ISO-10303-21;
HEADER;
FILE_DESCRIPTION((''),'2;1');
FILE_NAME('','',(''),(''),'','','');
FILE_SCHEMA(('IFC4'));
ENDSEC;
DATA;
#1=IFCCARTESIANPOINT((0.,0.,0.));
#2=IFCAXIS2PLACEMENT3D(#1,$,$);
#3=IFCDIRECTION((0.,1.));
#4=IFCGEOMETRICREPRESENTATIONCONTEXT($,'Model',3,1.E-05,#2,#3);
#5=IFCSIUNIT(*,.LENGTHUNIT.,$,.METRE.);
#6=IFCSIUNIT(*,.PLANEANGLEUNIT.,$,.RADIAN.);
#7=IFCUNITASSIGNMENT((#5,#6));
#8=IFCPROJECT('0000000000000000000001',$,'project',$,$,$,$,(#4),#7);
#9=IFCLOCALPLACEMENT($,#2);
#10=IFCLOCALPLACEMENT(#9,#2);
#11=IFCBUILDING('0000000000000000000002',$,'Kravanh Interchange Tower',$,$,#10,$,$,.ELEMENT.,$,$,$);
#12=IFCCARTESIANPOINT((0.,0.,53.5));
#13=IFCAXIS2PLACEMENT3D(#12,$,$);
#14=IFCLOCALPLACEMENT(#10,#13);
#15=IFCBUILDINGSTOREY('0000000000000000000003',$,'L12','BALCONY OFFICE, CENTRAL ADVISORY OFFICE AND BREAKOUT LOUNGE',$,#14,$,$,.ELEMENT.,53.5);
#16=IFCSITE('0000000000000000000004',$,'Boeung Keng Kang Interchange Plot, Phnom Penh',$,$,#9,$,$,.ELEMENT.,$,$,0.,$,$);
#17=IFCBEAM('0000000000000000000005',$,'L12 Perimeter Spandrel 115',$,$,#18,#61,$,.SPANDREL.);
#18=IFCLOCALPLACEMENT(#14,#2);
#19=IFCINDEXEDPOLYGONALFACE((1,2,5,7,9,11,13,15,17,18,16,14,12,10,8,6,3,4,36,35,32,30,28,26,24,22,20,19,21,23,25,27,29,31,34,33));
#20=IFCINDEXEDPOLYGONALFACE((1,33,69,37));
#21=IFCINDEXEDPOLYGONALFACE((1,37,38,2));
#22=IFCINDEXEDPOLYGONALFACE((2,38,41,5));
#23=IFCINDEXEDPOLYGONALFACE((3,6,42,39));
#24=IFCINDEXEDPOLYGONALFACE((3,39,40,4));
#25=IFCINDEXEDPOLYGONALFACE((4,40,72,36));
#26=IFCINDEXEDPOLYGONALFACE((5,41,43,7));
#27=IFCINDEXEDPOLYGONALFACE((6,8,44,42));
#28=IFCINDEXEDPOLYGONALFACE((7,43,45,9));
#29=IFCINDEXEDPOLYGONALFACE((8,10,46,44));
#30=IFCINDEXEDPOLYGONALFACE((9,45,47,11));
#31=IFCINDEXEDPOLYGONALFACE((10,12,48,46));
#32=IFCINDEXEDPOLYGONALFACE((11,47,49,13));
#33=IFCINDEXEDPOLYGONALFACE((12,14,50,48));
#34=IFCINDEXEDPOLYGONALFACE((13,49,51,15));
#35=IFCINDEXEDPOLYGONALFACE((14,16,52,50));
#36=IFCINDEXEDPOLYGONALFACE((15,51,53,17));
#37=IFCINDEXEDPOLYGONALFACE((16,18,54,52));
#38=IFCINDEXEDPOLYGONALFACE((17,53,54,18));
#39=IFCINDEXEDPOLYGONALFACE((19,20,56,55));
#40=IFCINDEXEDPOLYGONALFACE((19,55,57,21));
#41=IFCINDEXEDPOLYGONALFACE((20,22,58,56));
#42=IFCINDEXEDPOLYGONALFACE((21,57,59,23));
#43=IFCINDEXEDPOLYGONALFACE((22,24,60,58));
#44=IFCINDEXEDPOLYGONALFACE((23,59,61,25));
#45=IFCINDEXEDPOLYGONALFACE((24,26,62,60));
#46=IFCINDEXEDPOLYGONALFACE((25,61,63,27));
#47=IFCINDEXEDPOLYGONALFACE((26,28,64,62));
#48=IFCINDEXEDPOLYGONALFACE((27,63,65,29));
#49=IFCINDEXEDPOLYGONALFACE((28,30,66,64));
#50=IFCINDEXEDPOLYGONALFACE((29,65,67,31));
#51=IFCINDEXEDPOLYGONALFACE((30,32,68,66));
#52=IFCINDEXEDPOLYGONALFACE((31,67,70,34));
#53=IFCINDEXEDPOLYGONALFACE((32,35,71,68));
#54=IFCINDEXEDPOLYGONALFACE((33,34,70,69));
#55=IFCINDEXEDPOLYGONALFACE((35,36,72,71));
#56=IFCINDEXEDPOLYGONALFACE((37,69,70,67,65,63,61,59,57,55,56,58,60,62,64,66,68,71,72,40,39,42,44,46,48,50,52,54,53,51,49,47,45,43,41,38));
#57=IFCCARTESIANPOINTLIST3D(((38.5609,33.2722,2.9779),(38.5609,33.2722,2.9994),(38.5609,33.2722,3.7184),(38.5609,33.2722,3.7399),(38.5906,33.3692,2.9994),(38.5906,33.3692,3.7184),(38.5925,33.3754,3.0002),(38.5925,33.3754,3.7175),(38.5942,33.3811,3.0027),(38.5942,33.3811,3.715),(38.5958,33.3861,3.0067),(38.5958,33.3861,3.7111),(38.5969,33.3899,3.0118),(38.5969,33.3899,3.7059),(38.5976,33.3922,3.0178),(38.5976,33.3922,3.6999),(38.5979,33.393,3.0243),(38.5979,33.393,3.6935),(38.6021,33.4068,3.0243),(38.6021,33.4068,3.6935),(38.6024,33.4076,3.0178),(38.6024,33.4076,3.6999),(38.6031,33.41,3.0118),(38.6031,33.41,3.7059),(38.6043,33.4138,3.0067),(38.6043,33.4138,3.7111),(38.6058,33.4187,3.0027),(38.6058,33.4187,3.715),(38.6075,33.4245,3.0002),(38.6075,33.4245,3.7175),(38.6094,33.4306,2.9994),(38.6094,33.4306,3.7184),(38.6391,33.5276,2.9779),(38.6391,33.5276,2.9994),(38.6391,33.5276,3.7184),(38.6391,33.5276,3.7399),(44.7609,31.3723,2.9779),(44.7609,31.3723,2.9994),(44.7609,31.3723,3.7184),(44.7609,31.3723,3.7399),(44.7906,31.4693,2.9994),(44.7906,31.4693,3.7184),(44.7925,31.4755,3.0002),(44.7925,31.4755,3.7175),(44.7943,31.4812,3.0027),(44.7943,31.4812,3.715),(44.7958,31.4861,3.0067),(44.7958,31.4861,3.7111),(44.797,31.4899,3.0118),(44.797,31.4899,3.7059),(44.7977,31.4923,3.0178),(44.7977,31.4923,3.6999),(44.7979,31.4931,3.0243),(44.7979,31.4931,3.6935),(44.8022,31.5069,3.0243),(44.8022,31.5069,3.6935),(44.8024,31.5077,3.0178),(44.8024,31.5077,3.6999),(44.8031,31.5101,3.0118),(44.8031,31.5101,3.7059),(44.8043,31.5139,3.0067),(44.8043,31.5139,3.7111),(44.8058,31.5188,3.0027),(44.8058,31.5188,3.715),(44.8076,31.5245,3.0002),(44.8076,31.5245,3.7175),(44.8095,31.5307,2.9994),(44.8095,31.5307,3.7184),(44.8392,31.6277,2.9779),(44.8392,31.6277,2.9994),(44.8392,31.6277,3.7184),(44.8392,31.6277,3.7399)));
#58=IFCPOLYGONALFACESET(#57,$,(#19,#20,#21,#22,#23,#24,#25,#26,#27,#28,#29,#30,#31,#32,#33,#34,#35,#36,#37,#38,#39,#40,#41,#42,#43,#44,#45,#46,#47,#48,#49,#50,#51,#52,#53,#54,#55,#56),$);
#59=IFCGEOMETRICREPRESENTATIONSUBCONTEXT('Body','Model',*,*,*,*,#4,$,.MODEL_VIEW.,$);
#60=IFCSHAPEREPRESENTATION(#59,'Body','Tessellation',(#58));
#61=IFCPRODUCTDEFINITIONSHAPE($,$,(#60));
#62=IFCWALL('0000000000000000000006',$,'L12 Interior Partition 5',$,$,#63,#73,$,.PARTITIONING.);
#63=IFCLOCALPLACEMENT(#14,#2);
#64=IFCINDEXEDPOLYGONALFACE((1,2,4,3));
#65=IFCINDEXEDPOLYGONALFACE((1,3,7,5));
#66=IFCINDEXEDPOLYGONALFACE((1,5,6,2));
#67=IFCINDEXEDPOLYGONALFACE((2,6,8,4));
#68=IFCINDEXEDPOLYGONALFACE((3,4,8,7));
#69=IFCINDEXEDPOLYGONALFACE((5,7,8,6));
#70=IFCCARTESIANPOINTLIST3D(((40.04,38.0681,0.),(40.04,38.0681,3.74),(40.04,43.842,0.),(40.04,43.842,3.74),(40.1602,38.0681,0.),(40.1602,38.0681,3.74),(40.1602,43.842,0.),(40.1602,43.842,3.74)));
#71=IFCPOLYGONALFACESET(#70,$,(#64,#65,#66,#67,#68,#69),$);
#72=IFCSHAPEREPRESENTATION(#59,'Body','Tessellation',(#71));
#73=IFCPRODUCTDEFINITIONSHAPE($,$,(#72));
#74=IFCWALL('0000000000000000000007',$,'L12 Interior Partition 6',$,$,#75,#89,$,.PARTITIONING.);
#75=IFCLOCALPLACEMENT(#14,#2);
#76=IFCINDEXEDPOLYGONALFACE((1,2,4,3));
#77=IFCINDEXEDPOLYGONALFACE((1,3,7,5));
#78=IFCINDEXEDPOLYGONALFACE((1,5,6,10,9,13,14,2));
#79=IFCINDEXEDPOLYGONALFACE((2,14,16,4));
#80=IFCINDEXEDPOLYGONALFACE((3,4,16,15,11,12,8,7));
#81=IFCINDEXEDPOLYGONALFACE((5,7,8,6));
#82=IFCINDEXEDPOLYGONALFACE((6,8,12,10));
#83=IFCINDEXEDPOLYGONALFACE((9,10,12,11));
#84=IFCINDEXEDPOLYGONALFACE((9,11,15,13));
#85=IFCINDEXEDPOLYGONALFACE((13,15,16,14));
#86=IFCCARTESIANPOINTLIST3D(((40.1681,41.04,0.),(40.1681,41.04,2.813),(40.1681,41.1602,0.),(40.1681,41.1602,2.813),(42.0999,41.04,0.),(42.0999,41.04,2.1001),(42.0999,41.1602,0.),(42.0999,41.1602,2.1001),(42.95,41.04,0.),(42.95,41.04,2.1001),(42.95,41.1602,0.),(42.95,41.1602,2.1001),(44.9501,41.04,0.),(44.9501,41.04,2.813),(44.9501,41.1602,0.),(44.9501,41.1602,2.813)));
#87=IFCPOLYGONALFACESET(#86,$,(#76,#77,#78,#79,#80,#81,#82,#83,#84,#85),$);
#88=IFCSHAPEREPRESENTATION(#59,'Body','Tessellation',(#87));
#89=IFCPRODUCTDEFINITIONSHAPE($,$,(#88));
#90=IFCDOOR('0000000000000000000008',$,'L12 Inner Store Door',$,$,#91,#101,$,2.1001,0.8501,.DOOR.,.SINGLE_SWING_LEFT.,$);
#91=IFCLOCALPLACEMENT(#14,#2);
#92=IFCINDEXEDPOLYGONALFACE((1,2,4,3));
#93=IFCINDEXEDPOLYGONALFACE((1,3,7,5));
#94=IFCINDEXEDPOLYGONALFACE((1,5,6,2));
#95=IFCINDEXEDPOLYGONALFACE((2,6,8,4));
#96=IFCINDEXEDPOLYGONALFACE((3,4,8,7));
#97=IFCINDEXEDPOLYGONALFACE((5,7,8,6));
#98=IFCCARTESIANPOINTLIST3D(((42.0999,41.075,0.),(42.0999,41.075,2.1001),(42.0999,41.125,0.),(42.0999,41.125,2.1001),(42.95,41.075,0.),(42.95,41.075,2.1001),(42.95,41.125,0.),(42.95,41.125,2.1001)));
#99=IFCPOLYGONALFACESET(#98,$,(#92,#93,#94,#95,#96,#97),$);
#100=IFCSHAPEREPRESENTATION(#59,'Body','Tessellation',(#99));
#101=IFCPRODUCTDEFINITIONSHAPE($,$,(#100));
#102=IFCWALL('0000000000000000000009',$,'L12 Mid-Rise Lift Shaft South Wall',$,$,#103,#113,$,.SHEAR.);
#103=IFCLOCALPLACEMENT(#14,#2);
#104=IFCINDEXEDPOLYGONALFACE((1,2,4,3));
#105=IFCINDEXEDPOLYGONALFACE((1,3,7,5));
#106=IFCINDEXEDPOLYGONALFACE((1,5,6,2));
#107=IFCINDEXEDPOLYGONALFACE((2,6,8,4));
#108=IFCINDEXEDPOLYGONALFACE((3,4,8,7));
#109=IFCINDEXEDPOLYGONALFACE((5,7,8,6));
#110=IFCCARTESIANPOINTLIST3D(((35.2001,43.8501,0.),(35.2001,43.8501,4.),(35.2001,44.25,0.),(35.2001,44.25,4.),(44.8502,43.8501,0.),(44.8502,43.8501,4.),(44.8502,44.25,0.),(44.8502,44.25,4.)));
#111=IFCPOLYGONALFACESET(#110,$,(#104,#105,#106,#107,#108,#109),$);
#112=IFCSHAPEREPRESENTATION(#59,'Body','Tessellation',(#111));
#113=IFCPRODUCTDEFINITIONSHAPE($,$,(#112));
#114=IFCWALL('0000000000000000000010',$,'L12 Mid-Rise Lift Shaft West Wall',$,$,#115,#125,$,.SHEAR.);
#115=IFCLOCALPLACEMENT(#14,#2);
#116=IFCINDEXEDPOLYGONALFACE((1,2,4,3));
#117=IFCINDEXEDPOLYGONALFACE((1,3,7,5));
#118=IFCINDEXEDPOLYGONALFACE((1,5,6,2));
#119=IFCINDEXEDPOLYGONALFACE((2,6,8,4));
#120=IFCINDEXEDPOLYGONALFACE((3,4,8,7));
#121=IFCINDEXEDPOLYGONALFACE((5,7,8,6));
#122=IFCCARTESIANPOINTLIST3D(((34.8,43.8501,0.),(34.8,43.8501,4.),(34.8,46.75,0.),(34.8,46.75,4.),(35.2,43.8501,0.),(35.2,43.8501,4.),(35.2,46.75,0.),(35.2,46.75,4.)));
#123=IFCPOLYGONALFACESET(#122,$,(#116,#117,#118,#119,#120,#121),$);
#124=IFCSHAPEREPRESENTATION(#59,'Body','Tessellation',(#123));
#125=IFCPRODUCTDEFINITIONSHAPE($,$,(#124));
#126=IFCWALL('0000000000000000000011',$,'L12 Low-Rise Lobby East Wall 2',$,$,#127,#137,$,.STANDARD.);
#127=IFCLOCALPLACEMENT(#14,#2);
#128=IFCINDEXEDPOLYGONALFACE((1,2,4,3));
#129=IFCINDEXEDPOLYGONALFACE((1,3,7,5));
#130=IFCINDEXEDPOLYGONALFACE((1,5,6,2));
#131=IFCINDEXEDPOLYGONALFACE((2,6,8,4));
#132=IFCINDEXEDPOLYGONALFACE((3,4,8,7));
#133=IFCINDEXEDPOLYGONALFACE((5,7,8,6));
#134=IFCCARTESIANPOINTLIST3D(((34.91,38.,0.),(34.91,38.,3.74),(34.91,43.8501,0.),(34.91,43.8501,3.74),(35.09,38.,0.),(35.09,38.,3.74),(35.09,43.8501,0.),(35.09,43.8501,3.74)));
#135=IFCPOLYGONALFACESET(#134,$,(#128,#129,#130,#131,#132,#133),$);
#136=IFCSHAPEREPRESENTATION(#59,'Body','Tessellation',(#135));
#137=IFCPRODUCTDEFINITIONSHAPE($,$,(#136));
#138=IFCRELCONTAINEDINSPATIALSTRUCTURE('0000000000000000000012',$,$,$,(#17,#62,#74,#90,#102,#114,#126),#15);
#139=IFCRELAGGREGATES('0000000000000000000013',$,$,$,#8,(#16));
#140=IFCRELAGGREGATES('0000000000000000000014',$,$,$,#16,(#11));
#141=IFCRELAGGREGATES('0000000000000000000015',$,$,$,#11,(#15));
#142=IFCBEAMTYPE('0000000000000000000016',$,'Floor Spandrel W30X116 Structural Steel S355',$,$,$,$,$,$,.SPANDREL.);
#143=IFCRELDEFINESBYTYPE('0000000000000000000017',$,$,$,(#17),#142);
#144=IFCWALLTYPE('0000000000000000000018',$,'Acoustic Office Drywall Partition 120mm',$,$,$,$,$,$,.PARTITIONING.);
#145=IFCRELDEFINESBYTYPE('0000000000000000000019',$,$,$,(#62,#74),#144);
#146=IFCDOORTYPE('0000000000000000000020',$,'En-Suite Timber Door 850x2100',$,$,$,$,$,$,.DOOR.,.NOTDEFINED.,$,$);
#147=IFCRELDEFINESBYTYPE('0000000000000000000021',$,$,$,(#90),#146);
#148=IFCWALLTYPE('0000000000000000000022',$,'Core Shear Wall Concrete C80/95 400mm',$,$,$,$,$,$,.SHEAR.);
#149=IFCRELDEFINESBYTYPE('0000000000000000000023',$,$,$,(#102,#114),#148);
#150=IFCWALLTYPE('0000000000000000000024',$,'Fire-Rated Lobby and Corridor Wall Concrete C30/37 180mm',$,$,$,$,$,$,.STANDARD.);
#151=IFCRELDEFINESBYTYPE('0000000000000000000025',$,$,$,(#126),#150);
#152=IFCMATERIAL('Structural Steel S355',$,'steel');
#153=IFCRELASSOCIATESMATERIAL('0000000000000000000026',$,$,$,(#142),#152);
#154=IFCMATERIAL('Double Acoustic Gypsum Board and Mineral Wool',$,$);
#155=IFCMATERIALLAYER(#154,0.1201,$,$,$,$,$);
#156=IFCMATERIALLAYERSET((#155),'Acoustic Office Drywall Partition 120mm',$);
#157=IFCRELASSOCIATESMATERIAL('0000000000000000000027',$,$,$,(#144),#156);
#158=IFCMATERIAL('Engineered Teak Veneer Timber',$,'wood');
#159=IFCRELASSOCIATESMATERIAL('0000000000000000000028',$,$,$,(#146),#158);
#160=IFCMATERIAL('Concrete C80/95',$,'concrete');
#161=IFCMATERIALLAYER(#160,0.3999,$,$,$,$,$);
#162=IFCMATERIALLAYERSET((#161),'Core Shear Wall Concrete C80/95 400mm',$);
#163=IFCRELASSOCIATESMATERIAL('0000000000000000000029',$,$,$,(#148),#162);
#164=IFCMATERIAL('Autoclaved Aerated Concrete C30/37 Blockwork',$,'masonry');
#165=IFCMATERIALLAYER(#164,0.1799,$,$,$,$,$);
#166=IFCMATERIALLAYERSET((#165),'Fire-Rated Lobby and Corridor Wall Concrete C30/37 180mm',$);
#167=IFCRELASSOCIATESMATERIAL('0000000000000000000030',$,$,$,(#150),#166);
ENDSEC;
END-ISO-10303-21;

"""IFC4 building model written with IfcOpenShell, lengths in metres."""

from ifc_helpers import new_model, si_unit, direction, frame, frame_2d, origin, origin_2d, place, context, subcontext, project, spatial, rectangle, i_section, extrude, material, layer, layer_set, material_profile, profile_set, type_object, element, fill, save


model = new_model("IFC4")

# Units and contexts
model_context = context("Model", 3, precision=1e-05, world=origin(), true_north=direction((0.0, 1.0)))
body_context = subcontext(model_context, "Body", "Model", "MODEL_VIEW")
ifc_project = project(units=[si_unit("LENGTHUNIT", "METRE"), si_unit("PLANEANGLEUNIT", "RADIAN")], contexts=[model_context])

# Site, building, storey
site_placement = place(None, origin())
site = spatial("IfcSite", under=ifc_project, at=site_placement, Name="Boeung Keng Kang Interchange Plot, Phnom Penh", CompositionType="ELEMENT", RefElevation=0.0)
building_placement = place(site_placement, origin())
building = spatial("IfcBuilding", under=site, at=building_placement, Name="Kravanh Interchange Tower", CompositionType="ELEMENT")
storey_placement = place(building_placement, frame((0.0, 0.0, 53.5)))
storey = spatial("IfcBuildingStorey", under=building, at=storey_placement, Name="L12", Description="BALCONY OFFICE, CENTRAL ADVISORY OFFICE AND BREAKOUT LOUNGE", CompositionType="ELEMENT", Elevation=53.5)

# Beam
ifc_material_1 = material(Name="Structural Steel S355", Category="steel")
ifc_material_profile_1 = material_profile(ifc_material_1, i_section(OverallWidth=0.2671, OverallDepth=0.762, WebThickness=0.0144, FlangeThickness=0.0215, FilletRadius=0.0249, at=origin_2d()), Name="W30X116")
ifc_profile_set_1 = profile_set([ifc_material_profile_1], Name="Structural Steel S355")
beam_type_1 = type_object("IfcBeamType", Name="Floor Spandrel W30X116 Structural Steel S355", PredefinedType="SPANDREL", material=ifc_profile_set_1)
beam_1_placement = place(storey_placement, frame((44.8, 31.5, 3.3589), z_axis=(-0.956115, 0.29299, 0.0), x_axis=(-0.29299, -0.956115, 0.0)))
element("IfcBeam", 1, at=beam_1_placement, inside=storey, type_object=beam_type_1, Name="L12 Perimeter Spandrel 115", PredefinedType="SPANDREL", context=body_context, shape_type="SweptSolid", body=[
    extrude(i_section(OverallWidth=0.2671, OverallDepth=0.762, WebThickness=0.0144, FlangeThickness=0.0215, FilletRadius=0.0249, at=origin_2d()), origin(), (0.0, 0.0, 1.0), 6.4846),
])

# Wall
ifc_material_2 = material(Name="Double Acoustic Gypsum Board and Mineral Wool")
ifc_layer_1 = layer(ifc_material_2, 0.1201)
ifc_layer_set_1 = layer_set([ifc_layer_1], Name="Acoustic Office Drywall Partition 120mm")
wall_type_1 = type_object("IfcWallType", Name="Acoustic Office Drywall Partition 120mm", PredefinedType="PARTITIONING", material=ifc_layer_set_1)
wall_1_placement = place(storey_placement, frame((40.1001, 38.0681, 0.0), z_axis=(0.0, 0.0, 1.0), x_axis=(0.0, 1.0, 0.0)))
element("IfcWall", 2, at=wall_1_placement, inside=storey, type_object=wall_type_1, Name="L12 Interior Partition 5", PredefinedType="PARTITIONING", context=body_context, shape_type="SweptSolid", body=[
    extrude(rectangle(XDim=5.7739, YDim=0.1201, at=frame_2d((2.887, 0.0))), origin(), (0.0, 0.0, 1.0), 3.74),
])

# Wall, opening, door
wall_2_placement = place(storey_placement, frame((40.168, 41.1001, 0.0), z_axis=(0.0, 0.0, 1.0), x_axis=(1.0, 0.0, 0.0)))
wall_2 = element("IfcWall", 3, at=wall_2_placement, inside=storey, type_object=wall_type_1, Name="L12 Interior Partition 6", PredefinedType="PARTITIONING", context=body_context, shape_type="SweptSolid", body=[
    extrude(rectangle(XDim=4.782, YDim=0.1201, at=frame_2d((2.3911, 0.0))), origin(), (0.0, 0.0, 1.0), 2.813),
])
opening_1_placement = place(wall_2_placement, frame((1.9319, 0.0, 0.0)))
opening_1 = element("IfcOpeningElement", 4, at=opening_1_placement, cuts=wall_2, PredefinedType="OPENING", context=body_context, shape_type="SweptSolid", body=[
    extrude(rectangle(XDim=0.8501, YDim=2.1001, at=frame_2d((0.425, 1.05))), frame((0.0, 0.0701, 0.0), z_axis=(0.0, -1.0, 0.0), x_axis=(1.0, 0.0, 0.0)), (0.0, 0.0, 1.0), 0.1401),
])
ifc_material_3 = material(Name="Engineered Teak Veneer Timber", Category="wood")
door_type_1 = type_object("IfcDoorType", Name="En-Suite Timber Door 850x2100", OperationType="NOTDEFINED", PredefinedType="DOOR", material=ifc_material_3)
door_1_placement = place(opening_1_placement, origin())
door_1 = element("IfcDoor", 5, at=door_1_placement, inside=storey, type_object=door_type_1, Name="L12 Inner Store Door", OperationType="SINGLE_SWING_LEFT", OverallHeight=2.1001, OverallWidth=0.8501, PredefinedType="DOOR", context=body_context, shape_type="SweptSolid", body=[
    extrude(rectangle(XDim=0.8501, YDim=2.1001, at=frame_2d((0.425, 1.05))), frame((0.0, 0.0249, 0.0), z_axis=(0.0, -1.0, 0.0), x_axis=(1.0, 0.0, 0.0)), (0.0, 0.0, 1.0), 0.05),
])
fill(opening_1, door_1)

# Walls
ifc_material_4 = material(Name="Concrete C80/95", Category="concrete")
ifc_layer_2 = layer(ifc_material_4, 0.3999)
ifc_layer_set_2 = layer_set([ifc_layer_2], Name="Core Shear Wall Concrete C80/95 400mm")
wall_type_2 = type_object("IfcWallType", Name="Core Shear Wall Concrete C80/95 400mm", PredefinedType="SHEAR", material=ifc_layer_set_2)
wall_3_placement = place(storey_placement, frame((35.2, 44.05, 0.0), z_axis=(0.0, 0.0, 1.0), x_axis=(1.0, 0.0, 0.0)))
element("IfcWall", 6, at=wall_3_placement, inside=storey, type_object=wall_type_2, Name="L12 Mid-Rise Lift Shaft South Wall", PredefinedType="SHEAR", context=body_context, shape_type="SweptSolid", body=[
    extrude(rectangle(XDim=9.6501, YDim=0.3999, at=frame_2d((4.8252, 0.0))), origin(), (0.0, 0.0, 1.0), 4.0),
])
wall_4_placement = place(storey_placement, frame((35.0, 43.8501, 0.0), z_axis=(0.0, 0.0, 1.0), x_axis=(0.0, 1.0, 0.0)))
element("IfcWall", 7, at=wall_4_placement, inside=storey, type_object=wall_type_2, Name="L12 Mid-Rise Lift Shaft West Wall", PredefinedType="SHEAR", context=body_context, shape_type="SweptSolid", body=[
    extrude(rectangle(XDim=2.8999, YDim=0.3999, at=frame_2d((1.45, 0.0))), origin(), (0.0, 0.0, 1.0), 4.0),
])
ifc_material_5 = material(Name="Autoclaved Aerated Concrete C30/37 Blockwork", Category="masonry")
ifc_layer_3 = layer(ifc_material_5, 0.1799)
ifc_layer_set_3 = layer_set([ifc_layer_3], Name="Fire-Rated Lobby and Corridor Wall Concrete C30/37 180mm")
wall_type_3 = type_object("IfcWallType", Name="Fire-Rated Lobby and Corridor Wall Concrete C30/37 180mm", PredefinedType="STANDARD", material=ifc_layer_set_3)
wall_5_placement = place(storey_placement, frame((35.0, 38.0, 0.0), z_axis=(0.0, 0.0, 1.0), x_axis=(0.0, 1.0, 0.0)))
element("IfcWall", 8, at=wall_5_placement, inside=storey, type_object=wall_type_3, Name="L12 Low-Rise Lobby East Wall 2", PredefinedType="STANDARD", context=body_context, shape_type="SweptSolid", body=[
    extrude(rectangle(XDim=5.8501, YDim=0.1799, at=frame_2d((2.925, 0.0))), origin(), (0.0, 0.0, 1.0), 3.74),
])

save(model, "model.ifc")
